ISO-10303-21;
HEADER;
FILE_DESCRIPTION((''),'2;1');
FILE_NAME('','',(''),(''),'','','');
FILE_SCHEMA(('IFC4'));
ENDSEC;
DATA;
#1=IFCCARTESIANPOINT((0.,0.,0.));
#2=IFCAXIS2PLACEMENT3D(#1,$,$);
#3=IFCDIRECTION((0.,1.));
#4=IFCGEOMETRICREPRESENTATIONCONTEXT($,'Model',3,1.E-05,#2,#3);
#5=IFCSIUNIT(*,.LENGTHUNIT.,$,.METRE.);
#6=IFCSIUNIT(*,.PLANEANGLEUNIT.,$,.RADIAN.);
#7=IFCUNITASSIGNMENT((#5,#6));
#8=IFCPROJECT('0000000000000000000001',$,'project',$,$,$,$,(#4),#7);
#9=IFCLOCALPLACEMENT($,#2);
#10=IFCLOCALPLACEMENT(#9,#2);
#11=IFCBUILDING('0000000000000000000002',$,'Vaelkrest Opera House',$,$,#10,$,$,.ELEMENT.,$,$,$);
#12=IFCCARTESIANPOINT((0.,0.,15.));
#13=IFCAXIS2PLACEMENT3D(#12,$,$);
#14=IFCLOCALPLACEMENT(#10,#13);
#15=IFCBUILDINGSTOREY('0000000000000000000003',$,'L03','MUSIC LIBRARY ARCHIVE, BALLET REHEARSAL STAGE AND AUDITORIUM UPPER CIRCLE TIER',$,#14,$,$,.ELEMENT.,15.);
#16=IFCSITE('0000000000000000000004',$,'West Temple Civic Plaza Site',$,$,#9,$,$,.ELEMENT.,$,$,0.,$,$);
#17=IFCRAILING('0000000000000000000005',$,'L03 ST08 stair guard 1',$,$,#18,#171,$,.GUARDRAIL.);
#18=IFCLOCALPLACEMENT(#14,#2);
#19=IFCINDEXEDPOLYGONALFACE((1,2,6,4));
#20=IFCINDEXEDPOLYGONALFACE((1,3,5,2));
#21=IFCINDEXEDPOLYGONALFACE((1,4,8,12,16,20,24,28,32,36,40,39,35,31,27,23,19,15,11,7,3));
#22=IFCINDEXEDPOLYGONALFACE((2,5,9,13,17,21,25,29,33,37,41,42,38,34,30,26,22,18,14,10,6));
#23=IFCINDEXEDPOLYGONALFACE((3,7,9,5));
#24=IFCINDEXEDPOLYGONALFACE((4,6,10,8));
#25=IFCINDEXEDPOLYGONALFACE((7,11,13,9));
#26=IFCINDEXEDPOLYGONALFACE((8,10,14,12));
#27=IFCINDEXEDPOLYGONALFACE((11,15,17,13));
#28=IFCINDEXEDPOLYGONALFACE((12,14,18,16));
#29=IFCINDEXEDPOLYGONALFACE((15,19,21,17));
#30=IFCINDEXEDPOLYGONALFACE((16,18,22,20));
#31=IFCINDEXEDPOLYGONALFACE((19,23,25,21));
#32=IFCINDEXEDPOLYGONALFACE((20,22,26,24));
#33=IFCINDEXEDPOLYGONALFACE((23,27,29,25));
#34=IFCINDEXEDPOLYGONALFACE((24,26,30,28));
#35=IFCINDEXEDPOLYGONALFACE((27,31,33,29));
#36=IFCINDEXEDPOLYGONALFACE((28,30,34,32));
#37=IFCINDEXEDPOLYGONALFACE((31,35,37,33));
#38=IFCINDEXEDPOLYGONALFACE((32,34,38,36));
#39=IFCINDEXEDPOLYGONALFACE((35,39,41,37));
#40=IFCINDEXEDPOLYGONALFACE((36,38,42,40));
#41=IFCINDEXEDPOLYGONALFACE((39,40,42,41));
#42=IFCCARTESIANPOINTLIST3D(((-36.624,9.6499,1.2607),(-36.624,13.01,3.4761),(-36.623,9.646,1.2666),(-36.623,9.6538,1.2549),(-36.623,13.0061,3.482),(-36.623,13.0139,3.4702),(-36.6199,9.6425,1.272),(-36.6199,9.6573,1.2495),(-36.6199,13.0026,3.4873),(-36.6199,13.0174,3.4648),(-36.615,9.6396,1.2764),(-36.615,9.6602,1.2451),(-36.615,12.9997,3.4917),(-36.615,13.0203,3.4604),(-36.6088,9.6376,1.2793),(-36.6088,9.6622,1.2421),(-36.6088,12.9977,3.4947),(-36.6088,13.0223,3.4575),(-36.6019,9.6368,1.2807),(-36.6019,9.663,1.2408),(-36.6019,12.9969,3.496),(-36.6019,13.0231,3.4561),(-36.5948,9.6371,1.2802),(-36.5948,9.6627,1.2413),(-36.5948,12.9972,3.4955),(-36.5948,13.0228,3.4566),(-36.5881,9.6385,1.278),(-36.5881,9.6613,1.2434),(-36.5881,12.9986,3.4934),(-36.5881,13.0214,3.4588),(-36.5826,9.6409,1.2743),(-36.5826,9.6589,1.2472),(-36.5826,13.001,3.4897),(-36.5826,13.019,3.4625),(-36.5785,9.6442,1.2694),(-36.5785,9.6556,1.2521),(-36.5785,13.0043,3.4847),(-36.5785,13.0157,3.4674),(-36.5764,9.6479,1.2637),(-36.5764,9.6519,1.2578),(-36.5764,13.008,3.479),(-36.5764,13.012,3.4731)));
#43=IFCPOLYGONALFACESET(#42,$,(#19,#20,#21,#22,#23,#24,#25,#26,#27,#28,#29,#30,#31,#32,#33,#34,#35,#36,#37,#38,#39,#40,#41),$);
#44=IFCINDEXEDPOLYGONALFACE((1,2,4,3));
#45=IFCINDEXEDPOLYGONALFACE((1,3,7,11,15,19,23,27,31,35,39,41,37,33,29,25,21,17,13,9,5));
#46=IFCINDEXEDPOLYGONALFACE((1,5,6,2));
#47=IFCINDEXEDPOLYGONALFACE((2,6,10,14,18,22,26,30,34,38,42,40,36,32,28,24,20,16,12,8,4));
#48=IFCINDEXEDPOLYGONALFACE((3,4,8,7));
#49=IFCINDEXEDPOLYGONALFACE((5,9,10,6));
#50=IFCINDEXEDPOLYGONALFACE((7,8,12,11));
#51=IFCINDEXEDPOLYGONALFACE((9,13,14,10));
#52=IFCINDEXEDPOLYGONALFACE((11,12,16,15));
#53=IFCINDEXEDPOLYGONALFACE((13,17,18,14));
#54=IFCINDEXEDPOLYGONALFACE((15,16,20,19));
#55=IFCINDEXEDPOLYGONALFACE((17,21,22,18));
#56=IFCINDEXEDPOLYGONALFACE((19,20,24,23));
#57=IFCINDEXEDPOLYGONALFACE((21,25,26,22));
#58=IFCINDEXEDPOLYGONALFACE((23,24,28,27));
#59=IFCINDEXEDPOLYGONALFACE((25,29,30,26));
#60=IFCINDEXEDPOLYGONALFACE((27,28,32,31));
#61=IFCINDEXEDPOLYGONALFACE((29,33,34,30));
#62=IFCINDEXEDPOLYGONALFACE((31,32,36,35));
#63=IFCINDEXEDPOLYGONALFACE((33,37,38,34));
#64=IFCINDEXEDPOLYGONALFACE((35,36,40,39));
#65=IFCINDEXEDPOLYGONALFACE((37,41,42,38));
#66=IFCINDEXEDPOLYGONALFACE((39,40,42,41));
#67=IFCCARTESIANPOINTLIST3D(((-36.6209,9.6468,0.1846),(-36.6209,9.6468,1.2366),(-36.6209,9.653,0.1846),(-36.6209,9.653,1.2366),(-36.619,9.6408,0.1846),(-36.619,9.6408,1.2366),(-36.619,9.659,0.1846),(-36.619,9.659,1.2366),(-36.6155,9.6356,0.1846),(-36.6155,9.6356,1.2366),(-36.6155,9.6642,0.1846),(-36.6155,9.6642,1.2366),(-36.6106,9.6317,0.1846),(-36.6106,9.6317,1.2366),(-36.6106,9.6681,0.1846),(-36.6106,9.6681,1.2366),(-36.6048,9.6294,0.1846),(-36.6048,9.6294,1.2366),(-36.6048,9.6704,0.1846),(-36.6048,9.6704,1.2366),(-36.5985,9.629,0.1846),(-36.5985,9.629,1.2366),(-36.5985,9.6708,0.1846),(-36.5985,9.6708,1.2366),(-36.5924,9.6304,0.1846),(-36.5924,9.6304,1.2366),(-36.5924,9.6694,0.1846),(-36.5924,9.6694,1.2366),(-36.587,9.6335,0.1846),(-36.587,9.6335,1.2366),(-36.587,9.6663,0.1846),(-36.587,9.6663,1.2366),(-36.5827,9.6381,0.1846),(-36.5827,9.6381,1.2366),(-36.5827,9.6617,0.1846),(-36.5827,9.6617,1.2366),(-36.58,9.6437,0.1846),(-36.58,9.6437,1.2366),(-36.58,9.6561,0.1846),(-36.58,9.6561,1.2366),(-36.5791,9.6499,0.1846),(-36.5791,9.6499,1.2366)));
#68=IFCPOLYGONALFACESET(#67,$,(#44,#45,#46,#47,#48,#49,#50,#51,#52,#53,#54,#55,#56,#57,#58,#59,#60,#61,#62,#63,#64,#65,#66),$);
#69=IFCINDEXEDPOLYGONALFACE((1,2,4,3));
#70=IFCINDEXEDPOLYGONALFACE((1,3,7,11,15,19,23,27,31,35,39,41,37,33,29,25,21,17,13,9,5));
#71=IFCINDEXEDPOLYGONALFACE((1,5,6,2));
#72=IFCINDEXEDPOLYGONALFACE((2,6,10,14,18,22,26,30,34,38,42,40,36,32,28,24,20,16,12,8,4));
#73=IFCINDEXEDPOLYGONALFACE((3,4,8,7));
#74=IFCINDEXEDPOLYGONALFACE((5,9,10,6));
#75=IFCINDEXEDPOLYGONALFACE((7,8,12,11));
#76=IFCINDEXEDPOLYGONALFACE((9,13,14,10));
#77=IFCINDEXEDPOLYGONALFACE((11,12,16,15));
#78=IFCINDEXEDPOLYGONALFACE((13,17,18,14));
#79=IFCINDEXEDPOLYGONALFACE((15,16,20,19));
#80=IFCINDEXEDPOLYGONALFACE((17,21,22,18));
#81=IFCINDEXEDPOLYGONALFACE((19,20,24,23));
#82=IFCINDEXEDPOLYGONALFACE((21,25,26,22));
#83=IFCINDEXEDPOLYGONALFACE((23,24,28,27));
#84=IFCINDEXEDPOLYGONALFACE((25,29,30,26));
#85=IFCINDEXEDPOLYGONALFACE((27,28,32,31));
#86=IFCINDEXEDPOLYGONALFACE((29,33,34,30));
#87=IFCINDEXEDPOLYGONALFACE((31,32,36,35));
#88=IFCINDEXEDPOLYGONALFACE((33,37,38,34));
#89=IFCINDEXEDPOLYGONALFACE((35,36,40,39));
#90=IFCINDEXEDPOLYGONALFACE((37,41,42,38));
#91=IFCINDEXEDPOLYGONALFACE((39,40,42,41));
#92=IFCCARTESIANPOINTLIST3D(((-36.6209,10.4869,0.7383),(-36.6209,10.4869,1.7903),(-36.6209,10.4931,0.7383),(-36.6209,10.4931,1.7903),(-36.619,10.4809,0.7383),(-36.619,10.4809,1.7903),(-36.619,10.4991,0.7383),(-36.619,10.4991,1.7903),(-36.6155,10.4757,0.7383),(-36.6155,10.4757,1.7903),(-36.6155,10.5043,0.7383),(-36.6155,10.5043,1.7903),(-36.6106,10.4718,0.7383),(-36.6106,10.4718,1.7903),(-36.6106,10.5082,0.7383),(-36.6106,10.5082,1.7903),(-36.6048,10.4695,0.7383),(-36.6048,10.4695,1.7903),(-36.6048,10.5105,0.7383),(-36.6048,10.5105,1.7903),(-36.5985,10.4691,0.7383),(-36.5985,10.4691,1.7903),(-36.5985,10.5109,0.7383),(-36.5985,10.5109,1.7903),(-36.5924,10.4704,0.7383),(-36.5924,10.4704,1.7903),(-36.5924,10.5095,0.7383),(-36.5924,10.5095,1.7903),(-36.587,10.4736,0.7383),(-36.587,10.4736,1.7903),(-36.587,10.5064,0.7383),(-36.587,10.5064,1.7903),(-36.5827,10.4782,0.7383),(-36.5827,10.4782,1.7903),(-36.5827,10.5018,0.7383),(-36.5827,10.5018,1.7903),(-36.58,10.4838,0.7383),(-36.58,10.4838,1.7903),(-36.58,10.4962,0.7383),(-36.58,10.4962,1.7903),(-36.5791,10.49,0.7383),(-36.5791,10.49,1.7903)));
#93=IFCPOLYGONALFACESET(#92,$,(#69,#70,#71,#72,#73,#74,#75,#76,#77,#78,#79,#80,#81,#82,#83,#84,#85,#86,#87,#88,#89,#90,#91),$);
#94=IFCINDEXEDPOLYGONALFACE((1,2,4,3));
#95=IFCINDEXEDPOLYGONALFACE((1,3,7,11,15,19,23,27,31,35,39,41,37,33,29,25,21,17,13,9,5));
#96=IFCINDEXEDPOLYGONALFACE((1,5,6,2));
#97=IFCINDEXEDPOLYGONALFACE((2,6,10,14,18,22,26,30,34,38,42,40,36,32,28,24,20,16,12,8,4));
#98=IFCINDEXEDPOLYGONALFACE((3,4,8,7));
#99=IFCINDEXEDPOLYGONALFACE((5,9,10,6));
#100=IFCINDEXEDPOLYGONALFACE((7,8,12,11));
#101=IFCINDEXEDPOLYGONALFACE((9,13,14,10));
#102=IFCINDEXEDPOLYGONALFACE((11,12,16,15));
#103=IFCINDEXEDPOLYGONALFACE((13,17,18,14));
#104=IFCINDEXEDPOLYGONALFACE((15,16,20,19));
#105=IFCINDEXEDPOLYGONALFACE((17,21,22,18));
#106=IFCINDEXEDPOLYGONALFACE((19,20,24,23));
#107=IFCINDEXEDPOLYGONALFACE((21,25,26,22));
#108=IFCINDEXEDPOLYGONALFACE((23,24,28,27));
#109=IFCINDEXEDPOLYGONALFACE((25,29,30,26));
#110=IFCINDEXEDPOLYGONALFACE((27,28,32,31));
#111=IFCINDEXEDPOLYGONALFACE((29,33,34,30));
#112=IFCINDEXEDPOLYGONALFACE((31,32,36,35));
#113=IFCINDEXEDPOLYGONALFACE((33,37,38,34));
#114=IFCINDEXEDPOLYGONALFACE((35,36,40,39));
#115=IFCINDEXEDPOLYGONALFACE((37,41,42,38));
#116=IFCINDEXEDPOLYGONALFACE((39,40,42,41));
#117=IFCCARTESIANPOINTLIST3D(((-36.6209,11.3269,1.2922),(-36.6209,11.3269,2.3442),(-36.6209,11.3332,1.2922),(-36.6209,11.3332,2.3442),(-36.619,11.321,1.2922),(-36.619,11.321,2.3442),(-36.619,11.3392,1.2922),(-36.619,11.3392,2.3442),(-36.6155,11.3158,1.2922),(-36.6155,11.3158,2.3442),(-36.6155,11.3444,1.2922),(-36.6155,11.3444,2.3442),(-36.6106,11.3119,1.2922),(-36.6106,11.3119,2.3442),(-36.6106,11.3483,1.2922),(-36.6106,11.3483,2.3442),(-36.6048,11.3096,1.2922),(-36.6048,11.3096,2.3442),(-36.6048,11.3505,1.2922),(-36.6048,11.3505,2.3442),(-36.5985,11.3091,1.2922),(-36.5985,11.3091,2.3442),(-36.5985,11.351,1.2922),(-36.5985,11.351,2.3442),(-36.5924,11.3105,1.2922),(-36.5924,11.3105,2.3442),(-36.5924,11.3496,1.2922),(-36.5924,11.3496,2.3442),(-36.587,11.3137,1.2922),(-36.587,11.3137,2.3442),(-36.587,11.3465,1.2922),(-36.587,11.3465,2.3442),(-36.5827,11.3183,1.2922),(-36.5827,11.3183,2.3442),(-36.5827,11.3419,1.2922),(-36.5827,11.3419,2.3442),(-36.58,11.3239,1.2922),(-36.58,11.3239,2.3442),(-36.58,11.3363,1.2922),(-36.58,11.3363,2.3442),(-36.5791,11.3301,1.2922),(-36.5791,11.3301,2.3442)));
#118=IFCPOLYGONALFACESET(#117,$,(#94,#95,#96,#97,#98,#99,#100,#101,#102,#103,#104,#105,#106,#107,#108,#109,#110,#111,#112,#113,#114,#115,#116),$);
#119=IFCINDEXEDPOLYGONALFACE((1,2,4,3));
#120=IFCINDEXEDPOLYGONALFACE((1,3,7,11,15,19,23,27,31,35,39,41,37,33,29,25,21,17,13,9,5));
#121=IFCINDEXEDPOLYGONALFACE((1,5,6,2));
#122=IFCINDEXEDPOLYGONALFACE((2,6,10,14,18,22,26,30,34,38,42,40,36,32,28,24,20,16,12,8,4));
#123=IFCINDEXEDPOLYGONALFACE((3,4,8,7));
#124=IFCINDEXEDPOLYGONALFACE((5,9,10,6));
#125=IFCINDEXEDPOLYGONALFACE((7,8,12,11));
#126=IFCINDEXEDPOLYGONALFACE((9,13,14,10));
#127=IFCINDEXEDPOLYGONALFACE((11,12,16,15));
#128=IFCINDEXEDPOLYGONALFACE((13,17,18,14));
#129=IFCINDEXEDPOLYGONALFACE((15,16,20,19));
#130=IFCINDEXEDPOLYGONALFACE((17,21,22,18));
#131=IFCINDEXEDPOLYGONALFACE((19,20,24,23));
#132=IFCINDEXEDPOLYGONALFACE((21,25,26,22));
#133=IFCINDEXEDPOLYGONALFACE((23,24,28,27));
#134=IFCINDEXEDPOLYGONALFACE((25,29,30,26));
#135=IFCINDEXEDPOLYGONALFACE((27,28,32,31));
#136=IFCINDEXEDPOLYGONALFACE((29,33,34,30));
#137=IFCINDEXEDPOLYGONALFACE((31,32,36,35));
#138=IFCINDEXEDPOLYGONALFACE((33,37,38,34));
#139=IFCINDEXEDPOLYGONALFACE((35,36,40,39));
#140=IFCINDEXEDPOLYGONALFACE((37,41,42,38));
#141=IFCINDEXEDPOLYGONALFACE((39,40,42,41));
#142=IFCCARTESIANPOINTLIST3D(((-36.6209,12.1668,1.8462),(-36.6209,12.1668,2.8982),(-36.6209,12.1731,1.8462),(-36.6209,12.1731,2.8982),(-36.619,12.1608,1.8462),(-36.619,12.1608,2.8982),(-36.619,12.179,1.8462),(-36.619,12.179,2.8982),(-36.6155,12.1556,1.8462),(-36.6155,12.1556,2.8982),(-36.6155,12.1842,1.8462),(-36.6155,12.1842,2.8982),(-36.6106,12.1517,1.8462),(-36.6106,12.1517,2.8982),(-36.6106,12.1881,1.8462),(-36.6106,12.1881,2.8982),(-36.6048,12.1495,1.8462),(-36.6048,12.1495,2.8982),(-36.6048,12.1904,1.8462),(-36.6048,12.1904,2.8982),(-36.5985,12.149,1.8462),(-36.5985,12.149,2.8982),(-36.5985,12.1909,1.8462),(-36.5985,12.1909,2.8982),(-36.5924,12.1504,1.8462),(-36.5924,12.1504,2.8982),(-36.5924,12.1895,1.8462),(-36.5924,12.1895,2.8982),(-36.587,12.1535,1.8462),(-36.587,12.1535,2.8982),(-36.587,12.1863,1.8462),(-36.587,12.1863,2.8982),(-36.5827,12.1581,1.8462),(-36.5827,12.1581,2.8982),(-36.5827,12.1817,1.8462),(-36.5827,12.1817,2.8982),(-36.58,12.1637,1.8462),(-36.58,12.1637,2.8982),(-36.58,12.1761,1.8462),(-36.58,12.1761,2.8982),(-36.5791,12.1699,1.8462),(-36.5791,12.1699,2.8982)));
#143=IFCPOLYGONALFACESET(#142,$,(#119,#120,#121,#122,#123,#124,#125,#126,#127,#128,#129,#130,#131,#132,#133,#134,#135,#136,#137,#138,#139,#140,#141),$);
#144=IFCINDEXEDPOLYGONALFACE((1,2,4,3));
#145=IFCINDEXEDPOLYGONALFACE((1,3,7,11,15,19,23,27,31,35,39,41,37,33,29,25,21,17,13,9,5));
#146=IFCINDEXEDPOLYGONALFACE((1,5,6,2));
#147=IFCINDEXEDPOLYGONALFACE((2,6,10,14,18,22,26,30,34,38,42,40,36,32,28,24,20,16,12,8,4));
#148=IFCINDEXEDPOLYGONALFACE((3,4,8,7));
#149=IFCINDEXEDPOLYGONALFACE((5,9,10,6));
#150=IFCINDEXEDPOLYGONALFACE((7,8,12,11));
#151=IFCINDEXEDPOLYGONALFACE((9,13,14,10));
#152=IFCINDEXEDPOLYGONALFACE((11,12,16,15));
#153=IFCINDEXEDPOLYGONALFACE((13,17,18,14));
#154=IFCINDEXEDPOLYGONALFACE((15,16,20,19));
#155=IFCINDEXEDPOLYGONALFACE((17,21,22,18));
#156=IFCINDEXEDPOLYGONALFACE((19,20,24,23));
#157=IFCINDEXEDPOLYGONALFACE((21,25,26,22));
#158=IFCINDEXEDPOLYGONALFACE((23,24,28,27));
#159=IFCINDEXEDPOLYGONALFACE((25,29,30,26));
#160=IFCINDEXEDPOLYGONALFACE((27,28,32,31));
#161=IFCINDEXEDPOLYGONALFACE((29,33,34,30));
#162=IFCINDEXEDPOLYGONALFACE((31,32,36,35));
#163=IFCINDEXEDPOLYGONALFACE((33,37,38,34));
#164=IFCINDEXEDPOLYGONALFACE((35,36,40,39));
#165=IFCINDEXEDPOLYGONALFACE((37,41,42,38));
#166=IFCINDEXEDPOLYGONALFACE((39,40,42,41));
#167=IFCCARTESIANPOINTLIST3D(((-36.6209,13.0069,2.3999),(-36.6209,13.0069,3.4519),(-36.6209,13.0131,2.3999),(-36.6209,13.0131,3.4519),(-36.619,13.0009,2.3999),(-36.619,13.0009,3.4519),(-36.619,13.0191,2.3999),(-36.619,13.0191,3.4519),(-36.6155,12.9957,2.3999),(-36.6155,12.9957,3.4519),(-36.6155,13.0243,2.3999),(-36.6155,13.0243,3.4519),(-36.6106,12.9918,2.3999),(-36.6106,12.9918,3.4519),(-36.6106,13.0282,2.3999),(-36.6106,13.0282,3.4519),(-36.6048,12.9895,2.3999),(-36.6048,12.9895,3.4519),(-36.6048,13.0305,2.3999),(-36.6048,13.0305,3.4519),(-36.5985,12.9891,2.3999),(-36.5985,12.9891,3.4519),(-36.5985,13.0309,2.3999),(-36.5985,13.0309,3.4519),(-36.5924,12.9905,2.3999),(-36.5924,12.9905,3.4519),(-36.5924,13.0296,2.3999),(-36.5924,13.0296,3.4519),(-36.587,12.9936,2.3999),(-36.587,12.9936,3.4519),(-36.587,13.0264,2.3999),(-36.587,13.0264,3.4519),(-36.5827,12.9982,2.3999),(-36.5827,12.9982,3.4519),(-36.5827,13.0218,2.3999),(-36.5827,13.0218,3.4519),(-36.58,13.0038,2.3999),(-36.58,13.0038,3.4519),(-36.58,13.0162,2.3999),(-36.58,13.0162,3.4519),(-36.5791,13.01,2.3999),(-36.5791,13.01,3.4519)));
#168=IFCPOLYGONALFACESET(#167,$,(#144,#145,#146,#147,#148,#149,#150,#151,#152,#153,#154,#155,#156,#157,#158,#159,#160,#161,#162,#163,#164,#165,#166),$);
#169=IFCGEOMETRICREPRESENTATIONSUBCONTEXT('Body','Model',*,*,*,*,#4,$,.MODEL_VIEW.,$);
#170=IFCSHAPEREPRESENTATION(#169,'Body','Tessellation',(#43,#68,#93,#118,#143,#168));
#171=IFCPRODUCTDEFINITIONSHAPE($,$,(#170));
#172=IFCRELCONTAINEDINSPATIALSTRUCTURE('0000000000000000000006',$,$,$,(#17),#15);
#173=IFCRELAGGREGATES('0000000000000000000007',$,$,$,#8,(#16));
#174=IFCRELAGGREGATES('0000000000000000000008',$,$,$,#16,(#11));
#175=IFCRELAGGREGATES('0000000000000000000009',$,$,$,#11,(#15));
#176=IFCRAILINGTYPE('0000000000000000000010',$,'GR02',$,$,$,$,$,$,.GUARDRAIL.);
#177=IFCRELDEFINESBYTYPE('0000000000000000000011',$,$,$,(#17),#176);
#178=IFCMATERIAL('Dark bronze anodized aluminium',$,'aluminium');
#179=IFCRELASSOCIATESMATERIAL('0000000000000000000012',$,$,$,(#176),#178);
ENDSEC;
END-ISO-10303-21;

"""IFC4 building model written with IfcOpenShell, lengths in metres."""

from ifc_helpers import new_model, si_unit, direction, frame, origin, origin_2d, place, context, subcontext, project, spatial, circle, extrude, material, type_object, element, save


model = new_model("IFC4")

# Units and contexts
model_context = context("Model", 3, precision=1e-05, world=origin(), true_north=direction((0.0, 1.0)))
body_context = subcontext(model_context, "Body", "Model", "MODEL_VIEW")
ifc_project = project(units=[si_unit("LENGTHUNIT", "METRE"), si_unit("PLANEANGLEUNIT", "RADIAN")], contexts=[model_context])

# Site, building, storey
site_placement = place(None, origin())
site = spatial("IfcSite", under=ifc_project, at=site_placement, Name="West Temple Civic Plaza Site", CompositionType="ELEMENT", RefElevation=0.0)
building_placement = place(site_placement, origin())
building = spatial("IfcBuilding", under=site, at=building_placement, Name="Vaelkrest Opera House", CompositionType="ELEMENT")
storey_placement = place(building_placement, frame((0.0, 0.0, 15.0)))
storey = spatial("IfcBuildingStorey", under=building, at=storey_placement, Name="L03", Description="MUSIC LIBRARY ARCHIVE, BALLET REHEARSAL STAGE AND AUDITORIUM UPPER CIRCLE TIER", CompositionType="ELEMENT", Elevation=15.0)

# Shared definitions
ifc_material_1 = material(Name="Dark bronze anodized aluminium", Category="aluminium")

# Railing
railing_type_1 = type_object("IfcRailingType", Name="GR02", PredefinedType="GUARDRAIL", material=ifc_material_1)
railing_1_placement = place(storey_placement, frame((-36.6001, 9.6499, 0.1846)))
element("IfcRailing", 1, at=railing_1_placement, inside=storey, type_object=railing_type_1, Name="L03 ST08 stair guard 1", PredefinedType="GUARDRAIL", context=body_context, shape_type="SweptSolid", body=[
    extrude(circle(Radius=0.0239, at=origin_2d()), frame((0.0, 0.0, 1.0762), z_axis=(0.0, 0.834876, 0.550437), x_axis=(-1.0, 0.0, 0.0)), (0.0, 0.0, 1.0), 4.0247),
    extrude(circle(Radius=0.021, at=origin_2d()), origin(), (0.0, 0.0, 1.0), 1.052),
    extrude(circle(Radius=0.021, at=origin_2d()), frame((0.0, 0.8401, 0.5537)), (0.0, 0.0, 1.0), 1.052),
    extrude(circle(Radius=0.021, at=origin_2d()), frame((0.0, 1.6802, 1.1077)), (0.0, 0.0, 1.0), 1.052),
    extrude(circle(Radius=0.021, at=origin_2d()), frame((0.0, 2.52, 1.6616)), (0.0, 0.0, 1.0), 1.052),
    extrude(circle(Radius=0.021, at=origin_2d()), frame((0.0, 3.3601, 2.2153)), (0.0, 0.0, 1.0), 1.052),
])

save(model, "model.ifc")
